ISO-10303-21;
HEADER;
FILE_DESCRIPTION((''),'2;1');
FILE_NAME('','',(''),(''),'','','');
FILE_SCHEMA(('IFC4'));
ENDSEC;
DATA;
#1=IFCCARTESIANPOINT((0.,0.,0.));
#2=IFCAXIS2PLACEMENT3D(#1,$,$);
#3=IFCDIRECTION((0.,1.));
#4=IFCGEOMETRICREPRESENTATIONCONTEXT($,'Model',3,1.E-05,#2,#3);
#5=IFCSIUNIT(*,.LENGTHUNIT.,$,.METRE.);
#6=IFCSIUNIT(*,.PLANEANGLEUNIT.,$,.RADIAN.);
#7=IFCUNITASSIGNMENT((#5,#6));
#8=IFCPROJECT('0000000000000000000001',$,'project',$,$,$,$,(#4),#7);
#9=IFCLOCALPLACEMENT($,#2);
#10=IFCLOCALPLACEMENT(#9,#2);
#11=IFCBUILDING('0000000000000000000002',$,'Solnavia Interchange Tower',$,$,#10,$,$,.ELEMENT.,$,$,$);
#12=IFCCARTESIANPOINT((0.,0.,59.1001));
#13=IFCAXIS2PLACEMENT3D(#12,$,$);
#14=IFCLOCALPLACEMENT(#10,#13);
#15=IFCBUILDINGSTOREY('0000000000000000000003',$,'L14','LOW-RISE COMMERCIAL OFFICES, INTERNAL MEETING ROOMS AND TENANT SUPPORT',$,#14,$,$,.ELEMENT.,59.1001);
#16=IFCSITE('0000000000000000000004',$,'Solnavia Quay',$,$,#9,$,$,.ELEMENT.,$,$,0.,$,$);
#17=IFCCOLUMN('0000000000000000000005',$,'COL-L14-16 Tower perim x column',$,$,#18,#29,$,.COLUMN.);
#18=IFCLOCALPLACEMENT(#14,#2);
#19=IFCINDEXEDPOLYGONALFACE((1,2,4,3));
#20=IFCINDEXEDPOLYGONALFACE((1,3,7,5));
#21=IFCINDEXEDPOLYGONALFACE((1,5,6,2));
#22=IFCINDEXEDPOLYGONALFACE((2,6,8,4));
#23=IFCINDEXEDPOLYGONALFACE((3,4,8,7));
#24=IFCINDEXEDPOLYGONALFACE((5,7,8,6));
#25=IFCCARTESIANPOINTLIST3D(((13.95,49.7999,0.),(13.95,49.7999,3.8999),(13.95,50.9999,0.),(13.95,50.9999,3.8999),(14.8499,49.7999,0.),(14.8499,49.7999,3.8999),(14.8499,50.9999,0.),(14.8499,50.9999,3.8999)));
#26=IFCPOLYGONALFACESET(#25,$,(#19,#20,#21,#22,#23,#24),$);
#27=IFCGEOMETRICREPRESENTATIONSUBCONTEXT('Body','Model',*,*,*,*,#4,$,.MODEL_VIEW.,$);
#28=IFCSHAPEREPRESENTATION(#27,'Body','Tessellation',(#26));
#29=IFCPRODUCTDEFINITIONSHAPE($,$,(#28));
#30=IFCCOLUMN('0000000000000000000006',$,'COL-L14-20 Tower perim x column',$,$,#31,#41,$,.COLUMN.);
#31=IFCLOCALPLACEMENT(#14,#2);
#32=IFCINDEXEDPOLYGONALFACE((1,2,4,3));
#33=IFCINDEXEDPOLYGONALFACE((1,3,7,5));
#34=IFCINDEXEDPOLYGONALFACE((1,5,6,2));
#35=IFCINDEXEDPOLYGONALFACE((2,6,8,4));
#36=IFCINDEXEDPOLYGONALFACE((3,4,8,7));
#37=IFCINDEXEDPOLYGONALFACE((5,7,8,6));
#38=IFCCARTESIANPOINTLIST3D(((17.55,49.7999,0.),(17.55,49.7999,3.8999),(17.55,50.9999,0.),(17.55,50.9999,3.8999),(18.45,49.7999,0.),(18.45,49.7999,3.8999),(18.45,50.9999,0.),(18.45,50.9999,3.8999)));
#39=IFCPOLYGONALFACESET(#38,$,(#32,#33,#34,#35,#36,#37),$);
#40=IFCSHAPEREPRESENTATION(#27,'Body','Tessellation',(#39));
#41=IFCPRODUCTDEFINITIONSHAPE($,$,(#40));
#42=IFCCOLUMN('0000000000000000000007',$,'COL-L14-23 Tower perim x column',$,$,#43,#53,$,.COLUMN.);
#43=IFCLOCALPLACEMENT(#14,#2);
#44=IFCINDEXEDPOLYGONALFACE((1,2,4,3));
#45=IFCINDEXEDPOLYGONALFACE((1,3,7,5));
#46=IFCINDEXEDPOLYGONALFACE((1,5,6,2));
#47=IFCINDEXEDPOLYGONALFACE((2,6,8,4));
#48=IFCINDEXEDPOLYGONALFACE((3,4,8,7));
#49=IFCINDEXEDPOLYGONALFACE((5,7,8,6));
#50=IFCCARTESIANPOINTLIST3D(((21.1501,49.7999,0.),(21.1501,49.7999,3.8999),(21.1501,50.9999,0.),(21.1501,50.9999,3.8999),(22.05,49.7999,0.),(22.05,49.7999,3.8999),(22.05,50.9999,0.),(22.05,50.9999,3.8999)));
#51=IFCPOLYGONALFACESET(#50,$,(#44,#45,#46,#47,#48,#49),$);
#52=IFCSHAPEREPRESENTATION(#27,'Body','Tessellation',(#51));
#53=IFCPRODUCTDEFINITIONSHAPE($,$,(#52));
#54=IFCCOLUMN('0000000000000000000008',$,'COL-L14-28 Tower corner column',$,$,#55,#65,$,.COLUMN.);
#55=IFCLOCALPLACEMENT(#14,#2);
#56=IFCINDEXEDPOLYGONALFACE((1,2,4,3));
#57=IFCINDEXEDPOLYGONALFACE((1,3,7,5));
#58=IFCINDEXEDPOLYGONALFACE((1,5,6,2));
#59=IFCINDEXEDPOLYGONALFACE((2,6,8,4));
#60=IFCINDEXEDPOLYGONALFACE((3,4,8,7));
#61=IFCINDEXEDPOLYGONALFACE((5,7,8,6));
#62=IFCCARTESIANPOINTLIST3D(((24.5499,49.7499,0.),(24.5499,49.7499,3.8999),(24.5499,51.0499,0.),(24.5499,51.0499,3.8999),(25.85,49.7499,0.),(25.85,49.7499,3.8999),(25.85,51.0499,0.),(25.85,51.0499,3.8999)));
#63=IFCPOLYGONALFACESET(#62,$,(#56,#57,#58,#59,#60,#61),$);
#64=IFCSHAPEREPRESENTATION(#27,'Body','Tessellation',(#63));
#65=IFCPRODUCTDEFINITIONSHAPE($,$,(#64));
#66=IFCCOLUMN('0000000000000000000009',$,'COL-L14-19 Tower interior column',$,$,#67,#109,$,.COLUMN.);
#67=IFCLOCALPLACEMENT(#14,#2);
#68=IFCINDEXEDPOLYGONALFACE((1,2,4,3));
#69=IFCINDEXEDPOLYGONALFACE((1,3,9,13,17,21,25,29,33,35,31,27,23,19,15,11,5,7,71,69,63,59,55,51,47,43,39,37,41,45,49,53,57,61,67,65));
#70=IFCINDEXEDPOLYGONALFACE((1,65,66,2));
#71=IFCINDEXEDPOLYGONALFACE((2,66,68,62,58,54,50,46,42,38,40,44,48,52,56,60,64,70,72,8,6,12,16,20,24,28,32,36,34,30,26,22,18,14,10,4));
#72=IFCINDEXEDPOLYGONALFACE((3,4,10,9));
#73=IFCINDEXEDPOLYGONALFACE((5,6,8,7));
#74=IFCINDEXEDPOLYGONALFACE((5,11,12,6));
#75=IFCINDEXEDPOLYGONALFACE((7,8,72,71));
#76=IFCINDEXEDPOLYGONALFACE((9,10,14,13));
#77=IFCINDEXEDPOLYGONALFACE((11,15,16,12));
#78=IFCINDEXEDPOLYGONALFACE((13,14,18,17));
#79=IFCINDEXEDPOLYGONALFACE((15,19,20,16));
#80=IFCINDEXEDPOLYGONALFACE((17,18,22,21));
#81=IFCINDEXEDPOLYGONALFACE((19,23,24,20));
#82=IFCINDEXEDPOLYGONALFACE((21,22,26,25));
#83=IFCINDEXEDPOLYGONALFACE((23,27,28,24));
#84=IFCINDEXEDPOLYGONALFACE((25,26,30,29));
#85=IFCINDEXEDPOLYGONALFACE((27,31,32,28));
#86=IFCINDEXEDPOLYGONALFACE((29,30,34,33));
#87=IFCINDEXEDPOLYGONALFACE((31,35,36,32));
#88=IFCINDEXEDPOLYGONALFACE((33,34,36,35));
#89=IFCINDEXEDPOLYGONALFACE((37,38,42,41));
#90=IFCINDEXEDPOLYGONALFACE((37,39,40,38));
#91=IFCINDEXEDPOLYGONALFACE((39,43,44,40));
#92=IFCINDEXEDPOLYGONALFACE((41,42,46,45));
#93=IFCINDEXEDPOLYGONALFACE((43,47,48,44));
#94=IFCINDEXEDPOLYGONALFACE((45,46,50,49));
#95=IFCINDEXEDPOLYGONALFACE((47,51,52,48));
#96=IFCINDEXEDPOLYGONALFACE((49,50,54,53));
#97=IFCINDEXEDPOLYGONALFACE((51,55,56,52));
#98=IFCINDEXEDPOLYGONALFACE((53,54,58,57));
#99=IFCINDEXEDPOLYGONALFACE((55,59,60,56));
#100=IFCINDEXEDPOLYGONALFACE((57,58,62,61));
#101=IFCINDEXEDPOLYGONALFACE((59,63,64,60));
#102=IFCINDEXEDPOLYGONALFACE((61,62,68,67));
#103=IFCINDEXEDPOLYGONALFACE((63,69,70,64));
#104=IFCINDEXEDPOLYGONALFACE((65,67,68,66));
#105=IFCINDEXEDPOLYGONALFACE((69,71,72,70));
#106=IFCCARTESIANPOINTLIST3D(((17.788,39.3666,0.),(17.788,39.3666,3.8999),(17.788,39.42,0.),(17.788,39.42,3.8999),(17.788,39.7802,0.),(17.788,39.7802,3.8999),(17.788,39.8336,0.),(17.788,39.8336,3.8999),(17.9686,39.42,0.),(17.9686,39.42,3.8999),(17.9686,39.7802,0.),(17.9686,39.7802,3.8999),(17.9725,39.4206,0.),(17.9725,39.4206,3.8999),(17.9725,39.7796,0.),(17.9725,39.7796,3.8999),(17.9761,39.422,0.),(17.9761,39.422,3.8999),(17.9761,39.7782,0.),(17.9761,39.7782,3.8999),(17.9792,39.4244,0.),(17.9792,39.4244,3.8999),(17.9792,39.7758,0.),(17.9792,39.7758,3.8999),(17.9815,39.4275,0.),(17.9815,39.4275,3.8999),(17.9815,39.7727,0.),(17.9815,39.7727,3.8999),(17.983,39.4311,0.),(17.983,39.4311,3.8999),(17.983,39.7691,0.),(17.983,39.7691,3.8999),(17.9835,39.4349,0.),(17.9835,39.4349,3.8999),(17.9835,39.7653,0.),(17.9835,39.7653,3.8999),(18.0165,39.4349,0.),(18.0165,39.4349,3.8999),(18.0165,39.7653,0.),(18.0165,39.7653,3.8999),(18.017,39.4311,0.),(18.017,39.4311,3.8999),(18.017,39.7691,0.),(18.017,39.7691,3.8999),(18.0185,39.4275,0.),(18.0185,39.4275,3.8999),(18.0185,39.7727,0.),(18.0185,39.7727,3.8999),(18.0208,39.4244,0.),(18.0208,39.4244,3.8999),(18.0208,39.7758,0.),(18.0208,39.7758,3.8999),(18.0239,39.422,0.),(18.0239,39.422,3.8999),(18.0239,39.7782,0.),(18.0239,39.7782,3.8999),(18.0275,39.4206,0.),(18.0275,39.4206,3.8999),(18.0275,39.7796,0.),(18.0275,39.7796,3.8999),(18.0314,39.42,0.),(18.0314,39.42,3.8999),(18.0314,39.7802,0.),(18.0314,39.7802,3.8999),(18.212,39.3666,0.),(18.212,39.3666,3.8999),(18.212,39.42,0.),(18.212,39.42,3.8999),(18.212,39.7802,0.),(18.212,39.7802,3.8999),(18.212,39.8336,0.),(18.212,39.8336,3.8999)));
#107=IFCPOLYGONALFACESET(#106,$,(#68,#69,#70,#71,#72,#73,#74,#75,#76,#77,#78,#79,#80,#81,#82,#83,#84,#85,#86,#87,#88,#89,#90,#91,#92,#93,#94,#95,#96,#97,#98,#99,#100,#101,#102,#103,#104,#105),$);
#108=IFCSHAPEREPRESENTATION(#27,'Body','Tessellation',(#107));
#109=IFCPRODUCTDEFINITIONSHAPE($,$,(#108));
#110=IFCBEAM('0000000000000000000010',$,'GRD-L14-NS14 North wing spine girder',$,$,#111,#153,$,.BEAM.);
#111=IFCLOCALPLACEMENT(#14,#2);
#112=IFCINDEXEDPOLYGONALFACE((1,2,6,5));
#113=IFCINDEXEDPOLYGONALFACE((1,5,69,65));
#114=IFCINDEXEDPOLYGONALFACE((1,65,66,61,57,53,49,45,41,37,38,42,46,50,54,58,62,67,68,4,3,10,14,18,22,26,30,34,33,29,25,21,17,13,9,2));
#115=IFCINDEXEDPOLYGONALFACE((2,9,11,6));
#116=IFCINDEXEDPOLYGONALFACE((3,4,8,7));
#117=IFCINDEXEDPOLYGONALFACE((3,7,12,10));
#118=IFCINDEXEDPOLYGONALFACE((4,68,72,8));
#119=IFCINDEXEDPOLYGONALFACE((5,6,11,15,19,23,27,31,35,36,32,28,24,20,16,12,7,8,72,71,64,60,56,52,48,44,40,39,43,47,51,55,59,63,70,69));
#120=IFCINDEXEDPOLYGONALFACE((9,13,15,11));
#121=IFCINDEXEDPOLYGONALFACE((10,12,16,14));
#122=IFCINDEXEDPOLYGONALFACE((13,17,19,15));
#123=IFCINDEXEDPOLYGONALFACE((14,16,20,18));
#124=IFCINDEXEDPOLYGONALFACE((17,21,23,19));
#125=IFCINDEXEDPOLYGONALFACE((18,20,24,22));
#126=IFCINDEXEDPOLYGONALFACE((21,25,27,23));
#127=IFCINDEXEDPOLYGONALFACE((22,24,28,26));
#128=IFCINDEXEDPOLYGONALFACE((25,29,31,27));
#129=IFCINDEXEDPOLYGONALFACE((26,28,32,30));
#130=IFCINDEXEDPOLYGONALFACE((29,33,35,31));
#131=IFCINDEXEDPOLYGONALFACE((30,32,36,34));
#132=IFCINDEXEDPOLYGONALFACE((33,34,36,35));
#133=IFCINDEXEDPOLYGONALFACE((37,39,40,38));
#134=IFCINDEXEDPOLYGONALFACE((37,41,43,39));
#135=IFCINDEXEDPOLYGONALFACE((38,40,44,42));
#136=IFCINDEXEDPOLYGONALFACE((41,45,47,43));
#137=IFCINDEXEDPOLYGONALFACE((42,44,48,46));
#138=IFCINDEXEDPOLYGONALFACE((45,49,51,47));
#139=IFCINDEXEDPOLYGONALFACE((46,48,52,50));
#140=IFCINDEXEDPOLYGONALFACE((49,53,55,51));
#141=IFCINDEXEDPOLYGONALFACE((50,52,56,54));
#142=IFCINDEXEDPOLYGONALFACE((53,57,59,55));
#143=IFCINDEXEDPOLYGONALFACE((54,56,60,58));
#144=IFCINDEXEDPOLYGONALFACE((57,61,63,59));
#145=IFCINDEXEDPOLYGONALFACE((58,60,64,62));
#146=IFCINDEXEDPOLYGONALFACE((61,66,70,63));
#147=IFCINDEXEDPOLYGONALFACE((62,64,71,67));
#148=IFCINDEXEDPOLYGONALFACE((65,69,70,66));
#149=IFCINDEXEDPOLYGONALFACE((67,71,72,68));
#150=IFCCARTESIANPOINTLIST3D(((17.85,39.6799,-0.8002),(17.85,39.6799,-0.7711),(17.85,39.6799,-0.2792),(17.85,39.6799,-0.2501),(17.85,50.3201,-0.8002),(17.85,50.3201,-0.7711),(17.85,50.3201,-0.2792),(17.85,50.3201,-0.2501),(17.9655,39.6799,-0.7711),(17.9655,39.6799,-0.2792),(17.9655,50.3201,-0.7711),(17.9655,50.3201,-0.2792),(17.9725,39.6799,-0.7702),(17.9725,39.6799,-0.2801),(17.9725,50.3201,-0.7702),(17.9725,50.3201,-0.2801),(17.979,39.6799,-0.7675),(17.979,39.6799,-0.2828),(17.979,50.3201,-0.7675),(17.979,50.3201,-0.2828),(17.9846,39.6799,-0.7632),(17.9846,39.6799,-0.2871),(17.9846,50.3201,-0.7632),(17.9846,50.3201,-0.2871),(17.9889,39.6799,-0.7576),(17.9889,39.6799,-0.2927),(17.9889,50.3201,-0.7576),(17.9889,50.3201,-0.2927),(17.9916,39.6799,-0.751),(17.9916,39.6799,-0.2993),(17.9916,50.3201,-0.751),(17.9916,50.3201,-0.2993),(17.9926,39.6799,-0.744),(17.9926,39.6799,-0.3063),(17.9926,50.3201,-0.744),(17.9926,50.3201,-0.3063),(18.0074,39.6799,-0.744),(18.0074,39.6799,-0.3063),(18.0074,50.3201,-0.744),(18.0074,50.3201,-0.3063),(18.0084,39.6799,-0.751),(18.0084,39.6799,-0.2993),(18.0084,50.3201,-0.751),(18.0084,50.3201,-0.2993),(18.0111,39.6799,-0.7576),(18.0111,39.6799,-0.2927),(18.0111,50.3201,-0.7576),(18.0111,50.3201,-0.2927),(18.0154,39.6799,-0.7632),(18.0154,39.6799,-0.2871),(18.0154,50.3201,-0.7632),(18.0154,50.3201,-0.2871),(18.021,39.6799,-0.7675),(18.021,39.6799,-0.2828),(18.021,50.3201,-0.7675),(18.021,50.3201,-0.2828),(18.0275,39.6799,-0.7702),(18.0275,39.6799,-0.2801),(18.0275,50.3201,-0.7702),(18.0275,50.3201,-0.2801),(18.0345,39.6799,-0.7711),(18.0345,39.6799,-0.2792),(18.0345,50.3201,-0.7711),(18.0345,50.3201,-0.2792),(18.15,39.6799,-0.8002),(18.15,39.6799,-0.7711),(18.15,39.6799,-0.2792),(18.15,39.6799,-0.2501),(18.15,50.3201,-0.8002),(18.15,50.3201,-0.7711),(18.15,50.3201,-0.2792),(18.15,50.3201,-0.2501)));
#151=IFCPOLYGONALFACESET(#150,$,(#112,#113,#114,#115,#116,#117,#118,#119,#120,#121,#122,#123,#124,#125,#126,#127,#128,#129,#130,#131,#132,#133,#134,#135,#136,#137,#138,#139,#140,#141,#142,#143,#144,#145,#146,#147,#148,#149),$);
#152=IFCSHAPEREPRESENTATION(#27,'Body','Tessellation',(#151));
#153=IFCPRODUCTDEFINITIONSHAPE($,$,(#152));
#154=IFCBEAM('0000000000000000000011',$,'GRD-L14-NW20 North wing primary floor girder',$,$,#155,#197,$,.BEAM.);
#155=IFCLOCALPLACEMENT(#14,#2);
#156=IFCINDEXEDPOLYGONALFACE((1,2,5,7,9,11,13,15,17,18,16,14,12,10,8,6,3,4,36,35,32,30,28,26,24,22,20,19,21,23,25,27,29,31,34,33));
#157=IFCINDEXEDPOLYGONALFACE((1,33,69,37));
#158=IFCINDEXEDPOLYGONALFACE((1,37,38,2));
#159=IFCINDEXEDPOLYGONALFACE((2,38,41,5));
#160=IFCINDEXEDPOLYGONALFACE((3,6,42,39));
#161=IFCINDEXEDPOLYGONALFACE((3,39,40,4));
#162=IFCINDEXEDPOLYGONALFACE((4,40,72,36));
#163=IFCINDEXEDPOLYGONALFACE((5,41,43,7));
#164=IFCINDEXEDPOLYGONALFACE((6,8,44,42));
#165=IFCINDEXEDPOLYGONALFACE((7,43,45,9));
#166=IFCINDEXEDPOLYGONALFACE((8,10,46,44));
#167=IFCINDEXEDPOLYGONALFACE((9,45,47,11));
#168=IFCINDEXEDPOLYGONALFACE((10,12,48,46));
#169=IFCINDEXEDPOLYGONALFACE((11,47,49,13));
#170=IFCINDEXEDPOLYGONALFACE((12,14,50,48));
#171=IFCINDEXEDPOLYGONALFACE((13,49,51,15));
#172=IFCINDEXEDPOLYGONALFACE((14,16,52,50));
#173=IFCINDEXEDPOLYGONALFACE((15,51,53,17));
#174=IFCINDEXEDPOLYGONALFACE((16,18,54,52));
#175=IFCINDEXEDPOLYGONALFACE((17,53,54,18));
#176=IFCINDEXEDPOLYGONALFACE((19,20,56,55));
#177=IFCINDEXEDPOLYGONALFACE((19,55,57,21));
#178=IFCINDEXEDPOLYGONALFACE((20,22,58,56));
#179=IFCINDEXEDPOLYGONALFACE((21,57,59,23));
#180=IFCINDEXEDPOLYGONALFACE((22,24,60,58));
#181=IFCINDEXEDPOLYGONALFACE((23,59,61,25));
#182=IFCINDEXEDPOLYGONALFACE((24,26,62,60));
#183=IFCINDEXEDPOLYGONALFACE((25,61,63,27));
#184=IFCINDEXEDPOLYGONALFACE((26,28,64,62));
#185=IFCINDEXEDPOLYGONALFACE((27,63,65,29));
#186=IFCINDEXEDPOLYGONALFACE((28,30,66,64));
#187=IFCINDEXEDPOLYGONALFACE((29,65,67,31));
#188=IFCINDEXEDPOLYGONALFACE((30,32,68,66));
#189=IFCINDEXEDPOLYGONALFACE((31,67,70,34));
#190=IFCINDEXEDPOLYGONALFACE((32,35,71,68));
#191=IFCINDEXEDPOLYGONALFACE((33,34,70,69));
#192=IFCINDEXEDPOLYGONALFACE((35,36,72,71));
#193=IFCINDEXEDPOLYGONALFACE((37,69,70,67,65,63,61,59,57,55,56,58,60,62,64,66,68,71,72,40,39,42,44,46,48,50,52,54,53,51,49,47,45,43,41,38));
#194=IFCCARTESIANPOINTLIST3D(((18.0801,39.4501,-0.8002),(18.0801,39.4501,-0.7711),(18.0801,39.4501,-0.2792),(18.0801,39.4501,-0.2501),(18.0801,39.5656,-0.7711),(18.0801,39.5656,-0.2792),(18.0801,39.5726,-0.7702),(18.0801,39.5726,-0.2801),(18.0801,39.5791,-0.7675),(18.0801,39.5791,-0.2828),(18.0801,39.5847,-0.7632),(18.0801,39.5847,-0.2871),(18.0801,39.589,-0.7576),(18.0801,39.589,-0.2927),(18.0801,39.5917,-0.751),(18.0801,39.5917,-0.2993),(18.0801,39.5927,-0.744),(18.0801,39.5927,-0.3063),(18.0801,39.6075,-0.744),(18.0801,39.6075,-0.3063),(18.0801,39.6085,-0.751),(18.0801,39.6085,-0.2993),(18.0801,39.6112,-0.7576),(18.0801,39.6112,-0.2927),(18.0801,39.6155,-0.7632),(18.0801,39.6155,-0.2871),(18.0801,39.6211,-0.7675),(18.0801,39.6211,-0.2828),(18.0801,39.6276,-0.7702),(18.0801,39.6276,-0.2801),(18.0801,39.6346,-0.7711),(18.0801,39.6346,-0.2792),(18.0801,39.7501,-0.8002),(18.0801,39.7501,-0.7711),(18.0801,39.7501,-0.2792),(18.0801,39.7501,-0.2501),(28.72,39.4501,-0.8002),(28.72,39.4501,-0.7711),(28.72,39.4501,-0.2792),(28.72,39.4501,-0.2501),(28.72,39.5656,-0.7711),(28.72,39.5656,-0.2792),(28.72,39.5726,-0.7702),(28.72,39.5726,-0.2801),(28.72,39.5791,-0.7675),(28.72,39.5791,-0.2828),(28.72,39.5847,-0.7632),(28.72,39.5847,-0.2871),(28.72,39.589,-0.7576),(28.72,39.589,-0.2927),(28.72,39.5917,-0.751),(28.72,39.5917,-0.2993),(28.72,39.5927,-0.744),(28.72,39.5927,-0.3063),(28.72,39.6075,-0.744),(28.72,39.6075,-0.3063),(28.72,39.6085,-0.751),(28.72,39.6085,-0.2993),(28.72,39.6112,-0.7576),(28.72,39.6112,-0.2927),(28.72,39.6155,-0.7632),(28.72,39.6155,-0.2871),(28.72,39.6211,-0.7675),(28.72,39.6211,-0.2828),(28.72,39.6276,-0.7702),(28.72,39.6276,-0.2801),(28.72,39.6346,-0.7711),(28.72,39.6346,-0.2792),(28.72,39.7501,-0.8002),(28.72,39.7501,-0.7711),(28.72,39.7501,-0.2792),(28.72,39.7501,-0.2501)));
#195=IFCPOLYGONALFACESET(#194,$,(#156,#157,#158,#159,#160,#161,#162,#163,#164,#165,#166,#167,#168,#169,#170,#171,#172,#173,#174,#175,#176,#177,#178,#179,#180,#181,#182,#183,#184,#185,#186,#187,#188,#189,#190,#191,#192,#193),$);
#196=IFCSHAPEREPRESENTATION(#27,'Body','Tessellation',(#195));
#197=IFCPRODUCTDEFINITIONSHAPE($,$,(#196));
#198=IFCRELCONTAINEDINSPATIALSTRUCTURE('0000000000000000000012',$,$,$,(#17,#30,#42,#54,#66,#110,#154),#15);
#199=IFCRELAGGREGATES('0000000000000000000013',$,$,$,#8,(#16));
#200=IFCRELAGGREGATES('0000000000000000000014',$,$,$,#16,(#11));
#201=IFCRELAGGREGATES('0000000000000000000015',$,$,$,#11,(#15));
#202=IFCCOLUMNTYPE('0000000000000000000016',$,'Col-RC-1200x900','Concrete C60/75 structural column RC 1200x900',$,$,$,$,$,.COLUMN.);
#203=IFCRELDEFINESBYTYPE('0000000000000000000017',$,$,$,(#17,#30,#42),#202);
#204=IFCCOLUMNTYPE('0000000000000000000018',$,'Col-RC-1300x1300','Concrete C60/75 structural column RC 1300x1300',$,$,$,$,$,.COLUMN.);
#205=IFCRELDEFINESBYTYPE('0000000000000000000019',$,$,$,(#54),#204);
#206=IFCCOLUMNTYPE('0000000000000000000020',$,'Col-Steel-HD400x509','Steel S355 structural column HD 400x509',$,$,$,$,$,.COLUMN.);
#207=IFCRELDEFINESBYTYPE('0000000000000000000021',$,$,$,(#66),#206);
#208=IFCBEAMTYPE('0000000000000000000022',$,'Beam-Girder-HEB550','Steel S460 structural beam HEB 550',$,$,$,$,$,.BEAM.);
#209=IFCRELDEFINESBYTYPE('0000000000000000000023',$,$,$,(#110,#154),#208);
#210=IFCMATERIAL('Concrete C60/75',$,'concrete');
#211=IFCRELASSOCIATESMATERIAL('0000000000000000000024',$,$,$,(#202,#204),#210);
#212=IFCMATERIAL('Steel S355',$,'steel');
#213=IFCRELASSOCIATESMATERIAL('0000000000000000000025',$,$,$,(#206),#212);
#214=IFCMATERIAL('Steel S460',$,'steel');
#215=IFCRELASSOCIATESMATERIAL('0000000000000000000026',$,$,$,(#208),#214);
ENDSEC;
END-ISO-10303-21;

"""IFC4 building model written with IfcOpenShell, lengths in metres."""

from ifc_helpers import new_model, si_unit, direction, frame, origin, origin_2d, place, context, subcontext, project, spatial, rectangle, i_section, extrude, material, material_profile, profile_set, type_object, element, save


model = new_model("IFC4")

# Units and contexts
model_context = context("Model", 3, precision=1e-05, world=origin(), true_north=direction((0.0, 1.0)))
body_context = subcontext(model_context, "Body", "Model", "MODEL_VIEW")
ifc_project = project(units=[si_unit("LENGTHUNIT", "METRE"), si_unit("PLANEANGLEUNIT", "RADIAN")], contexts=[model_context])

# Site, building, storey
site_placement = place(None, origin())
site = spatial("IfcSite", under=ifc_project, at=site_placement, Name="Solnavia Quay", CompositionType="ELEMENT", RefElevation=0.0)
building_placement = place(site_placement, origin())
building = spatial("IfcBuilding", under=site, at=building_placement, Name="Solnavia Interchange Tower", CompositionType="ELEMENT")
storey_placement = place(building_placement, frame((0.0, 0.0, 59.1001)))
storey = spatial("IfcBuildingStorey", under=building, at=storey_placement, Name="L14", Description="LOW-RISE COMMERCIAL OFFICES, INTERNAL MEETING ROOMS AND TENANT SUPPORT", CompositionType="ELEMENT", Elevation=59.1001)

# Columns
ifc_material_1 = material(Name="Concrete C60/75", Category="concrete")
ifc_material_profile_1 = material_profile(ifc_material_1, rectangle(XDim=0.8999, YDim=1.2, at=origin_2d()), Name="RC 1200x900")
ifc_profile_set_1 = profile_set([ifc_material_profile_1], Name="Concrete C60/75")
column_type_1 = type_object("IfcColumnType", Name="Col-RC-1200x900", Description="Concrete C60/75 structural column RC 1200x900", PredefinedType="COLUMN", material=ifc_profile_set_1)
for number, where, z_axis, x_axis, name in (
    (1, (14.3999, 50.3999, 0.0), (0.0, 0.0, 1.0), (1.0, 0.0, 0.0), "COL-L14-16 Tower perim x column"),
    (2, (18.0, 50.3999, 0.0), (0.0, 0.0, 1.0), (1.0, 0.0, 0.0), "COL-L14-20 Tower perim x column"),
    (3, (21.6001, 50.3999, 0.0), (0.0, 0.0, 1.0), (1.0, 0.0, 0.0), "COL-L14-23 Tower perim x column"),
):
    element("IfcColumn", number, at=place(storey_placement, frame(where, z_axis=z_axis, x_axis=x_axis)), inside=storey, type_object=column_type_1, Name=name, PredefinedType="COLUMN", context=body_context, shape_type="SweptSolid", body=[
        extrude(rectangle(XDim=0.8999, YDim=1.2, at=origin_2d()), origin(), (0.0, 0.0, 1.0), 3.8999),
    ])
ifc_material_profile_2 = material_profile(ifc_material_1, rectangle(XDim=1.3, YDim=1.3, at=origin_2d()), Name="RC 1300x1300")
ifc_profile_set_2 = profile_set([ifc_material_profile_2], Name="Concrete C60/75")
column_type_2 = type_object("IfcColumnType", Name="Col-RC-1300x1300", Description="Concrete C60/75 structural column RC 1300x1300", PredefinedType="COLUMN", material=ifc_profile_set_2)
column_1_placement = place(storey_placement, frame((25.2, 50.3999, 0.0), z_axis=(0.0, 0.0, 1.0), x_axis=(1.0, 0.0, 0.0)))
element("IfcColumn", 4, at=column_1_placement, inside=storey, type_object=column_type_2, Name="COL-L14-28 Tower corner column", PredefinedType="COLUMN", context=body_context, shape_type="SweptSolid", body=[
    extrude(rectangle(XDim=1.3, YDim=1.3, at=origin_2d()), origin(), (0.0, 0.0, 1.0), 3.8999),
])
ifc_material_2 = material(Name="Steel S355", Category="steel")
ifc_material_profile_3 = material_profile(ifc_material_2, i_section(OverallWidth=0.4241, OverallDepth=0.467, WebThickness=0.033, FlangeThickness=0.0535, FilletRadius=0.0149, at=origin_2d()), Name="HD 400x509")
ifc_profile_set_3 = profile_set([ifc_material_profile_3], Name="Steel S355")
column_type_3 = type_object("IfcColumnType", Name="Col-Steel-HD400x509", Description="Steel S355 structural column HD 400x509", PredefinedType="COLUMN", material=ifc_profile_set_3)
column_2_placement = place(storey_placement, frame((18.0, 39.6001, 0.0), z_axis=(0.0, 0.0, 1.0), x_axis=(1.0, 0.0, 0.0)))
element("IfcColumn", 5, at=column_2_placement, inside=storey, type_object=column_type_3, Name="COL-L14-19 Tower interior column", PredefinedType="COLUMN", context=body_context, shape_type="SweptSolid", body=[
    extrude(i_section(OverallWidth=0.4241, OverallDepth=0.467, WebThickness=0.033, FlangeThickness=0.0535, FilletRadius=0.0149, at=origin_2d()), origin(), (0.0, 0.0, 1.0), 3.8999),
])

# Beams
ifc_material_3 = material(Name="Steel S460", Category="steel")
ifc_material_profile_4 = material_profile(ifc_material_3, i_section(OverallWidth=0.3, OverallDepth=0.55, WebThickness=0.0149, FlangeThickness=0.0291, FilletRadius=0.0271, at=origin_2d()), Name="HEB 550")
ifc_profile_set_4 = profile_set([ifc_material_profile_4], Name="Steel S460")
beam_type_1 = type_object("IfcBeamType", Name="Beam-Girder-HEB550", Description="Steel S460 structural beam HEB 550", PredefinedType="BEAM", material=ifc_profile_set_4)
beam_1_placement = place(storey_placement, frame((18.0, 39.6799, -0.5251), z_axis=(0.0, 1.0, 0.0), x_axis=(-1.0, 0.0, 0.0)))
element("IfcBeam", 6, at=beam_1_placement, inside=storey, type_object=beam_type_1, Name="GRD-L14-NS14 North wing spine girder", PredefinedType="BEAM", context=body_context, shape_type="SweptSolid", body=[
    extrude(i_section(OverallWidth=0.3, OverallDepth=0.55, WebThickness=0.0149, FlangeThickness=0.0291, FilletRadius=0.0271, at=origin_2d()), origin(), (0.0, 0.0, 1.0), 10.6401),
])
beam_2_placement = place(storey_placement, frame((18.0801, 39.6001, -0.5251), z_axis=(1.0, 0.0, 0.0), x_axis=(0.0, 1.0, 0.0)))
element("IfcBeam", 7, at=beam_2_placement, inside=storey, type_object=beam_type_1, Name="GRD-L14-NW20 North wing primary floor girder", PredefinedType="BEAM", context=body_context, shape_type="SweptSolid", body=[
    extrude(i_section(OverallWidth=0.3, OverallDepth=0.55, WebThickness=0.0149, FlangeThickness=0.0291, FilletRadius=0.0271, at=origin_2d()), origin(), (0.0, 0.0, 1.0), 10.6399),
])

save(model, "model.ifc")
